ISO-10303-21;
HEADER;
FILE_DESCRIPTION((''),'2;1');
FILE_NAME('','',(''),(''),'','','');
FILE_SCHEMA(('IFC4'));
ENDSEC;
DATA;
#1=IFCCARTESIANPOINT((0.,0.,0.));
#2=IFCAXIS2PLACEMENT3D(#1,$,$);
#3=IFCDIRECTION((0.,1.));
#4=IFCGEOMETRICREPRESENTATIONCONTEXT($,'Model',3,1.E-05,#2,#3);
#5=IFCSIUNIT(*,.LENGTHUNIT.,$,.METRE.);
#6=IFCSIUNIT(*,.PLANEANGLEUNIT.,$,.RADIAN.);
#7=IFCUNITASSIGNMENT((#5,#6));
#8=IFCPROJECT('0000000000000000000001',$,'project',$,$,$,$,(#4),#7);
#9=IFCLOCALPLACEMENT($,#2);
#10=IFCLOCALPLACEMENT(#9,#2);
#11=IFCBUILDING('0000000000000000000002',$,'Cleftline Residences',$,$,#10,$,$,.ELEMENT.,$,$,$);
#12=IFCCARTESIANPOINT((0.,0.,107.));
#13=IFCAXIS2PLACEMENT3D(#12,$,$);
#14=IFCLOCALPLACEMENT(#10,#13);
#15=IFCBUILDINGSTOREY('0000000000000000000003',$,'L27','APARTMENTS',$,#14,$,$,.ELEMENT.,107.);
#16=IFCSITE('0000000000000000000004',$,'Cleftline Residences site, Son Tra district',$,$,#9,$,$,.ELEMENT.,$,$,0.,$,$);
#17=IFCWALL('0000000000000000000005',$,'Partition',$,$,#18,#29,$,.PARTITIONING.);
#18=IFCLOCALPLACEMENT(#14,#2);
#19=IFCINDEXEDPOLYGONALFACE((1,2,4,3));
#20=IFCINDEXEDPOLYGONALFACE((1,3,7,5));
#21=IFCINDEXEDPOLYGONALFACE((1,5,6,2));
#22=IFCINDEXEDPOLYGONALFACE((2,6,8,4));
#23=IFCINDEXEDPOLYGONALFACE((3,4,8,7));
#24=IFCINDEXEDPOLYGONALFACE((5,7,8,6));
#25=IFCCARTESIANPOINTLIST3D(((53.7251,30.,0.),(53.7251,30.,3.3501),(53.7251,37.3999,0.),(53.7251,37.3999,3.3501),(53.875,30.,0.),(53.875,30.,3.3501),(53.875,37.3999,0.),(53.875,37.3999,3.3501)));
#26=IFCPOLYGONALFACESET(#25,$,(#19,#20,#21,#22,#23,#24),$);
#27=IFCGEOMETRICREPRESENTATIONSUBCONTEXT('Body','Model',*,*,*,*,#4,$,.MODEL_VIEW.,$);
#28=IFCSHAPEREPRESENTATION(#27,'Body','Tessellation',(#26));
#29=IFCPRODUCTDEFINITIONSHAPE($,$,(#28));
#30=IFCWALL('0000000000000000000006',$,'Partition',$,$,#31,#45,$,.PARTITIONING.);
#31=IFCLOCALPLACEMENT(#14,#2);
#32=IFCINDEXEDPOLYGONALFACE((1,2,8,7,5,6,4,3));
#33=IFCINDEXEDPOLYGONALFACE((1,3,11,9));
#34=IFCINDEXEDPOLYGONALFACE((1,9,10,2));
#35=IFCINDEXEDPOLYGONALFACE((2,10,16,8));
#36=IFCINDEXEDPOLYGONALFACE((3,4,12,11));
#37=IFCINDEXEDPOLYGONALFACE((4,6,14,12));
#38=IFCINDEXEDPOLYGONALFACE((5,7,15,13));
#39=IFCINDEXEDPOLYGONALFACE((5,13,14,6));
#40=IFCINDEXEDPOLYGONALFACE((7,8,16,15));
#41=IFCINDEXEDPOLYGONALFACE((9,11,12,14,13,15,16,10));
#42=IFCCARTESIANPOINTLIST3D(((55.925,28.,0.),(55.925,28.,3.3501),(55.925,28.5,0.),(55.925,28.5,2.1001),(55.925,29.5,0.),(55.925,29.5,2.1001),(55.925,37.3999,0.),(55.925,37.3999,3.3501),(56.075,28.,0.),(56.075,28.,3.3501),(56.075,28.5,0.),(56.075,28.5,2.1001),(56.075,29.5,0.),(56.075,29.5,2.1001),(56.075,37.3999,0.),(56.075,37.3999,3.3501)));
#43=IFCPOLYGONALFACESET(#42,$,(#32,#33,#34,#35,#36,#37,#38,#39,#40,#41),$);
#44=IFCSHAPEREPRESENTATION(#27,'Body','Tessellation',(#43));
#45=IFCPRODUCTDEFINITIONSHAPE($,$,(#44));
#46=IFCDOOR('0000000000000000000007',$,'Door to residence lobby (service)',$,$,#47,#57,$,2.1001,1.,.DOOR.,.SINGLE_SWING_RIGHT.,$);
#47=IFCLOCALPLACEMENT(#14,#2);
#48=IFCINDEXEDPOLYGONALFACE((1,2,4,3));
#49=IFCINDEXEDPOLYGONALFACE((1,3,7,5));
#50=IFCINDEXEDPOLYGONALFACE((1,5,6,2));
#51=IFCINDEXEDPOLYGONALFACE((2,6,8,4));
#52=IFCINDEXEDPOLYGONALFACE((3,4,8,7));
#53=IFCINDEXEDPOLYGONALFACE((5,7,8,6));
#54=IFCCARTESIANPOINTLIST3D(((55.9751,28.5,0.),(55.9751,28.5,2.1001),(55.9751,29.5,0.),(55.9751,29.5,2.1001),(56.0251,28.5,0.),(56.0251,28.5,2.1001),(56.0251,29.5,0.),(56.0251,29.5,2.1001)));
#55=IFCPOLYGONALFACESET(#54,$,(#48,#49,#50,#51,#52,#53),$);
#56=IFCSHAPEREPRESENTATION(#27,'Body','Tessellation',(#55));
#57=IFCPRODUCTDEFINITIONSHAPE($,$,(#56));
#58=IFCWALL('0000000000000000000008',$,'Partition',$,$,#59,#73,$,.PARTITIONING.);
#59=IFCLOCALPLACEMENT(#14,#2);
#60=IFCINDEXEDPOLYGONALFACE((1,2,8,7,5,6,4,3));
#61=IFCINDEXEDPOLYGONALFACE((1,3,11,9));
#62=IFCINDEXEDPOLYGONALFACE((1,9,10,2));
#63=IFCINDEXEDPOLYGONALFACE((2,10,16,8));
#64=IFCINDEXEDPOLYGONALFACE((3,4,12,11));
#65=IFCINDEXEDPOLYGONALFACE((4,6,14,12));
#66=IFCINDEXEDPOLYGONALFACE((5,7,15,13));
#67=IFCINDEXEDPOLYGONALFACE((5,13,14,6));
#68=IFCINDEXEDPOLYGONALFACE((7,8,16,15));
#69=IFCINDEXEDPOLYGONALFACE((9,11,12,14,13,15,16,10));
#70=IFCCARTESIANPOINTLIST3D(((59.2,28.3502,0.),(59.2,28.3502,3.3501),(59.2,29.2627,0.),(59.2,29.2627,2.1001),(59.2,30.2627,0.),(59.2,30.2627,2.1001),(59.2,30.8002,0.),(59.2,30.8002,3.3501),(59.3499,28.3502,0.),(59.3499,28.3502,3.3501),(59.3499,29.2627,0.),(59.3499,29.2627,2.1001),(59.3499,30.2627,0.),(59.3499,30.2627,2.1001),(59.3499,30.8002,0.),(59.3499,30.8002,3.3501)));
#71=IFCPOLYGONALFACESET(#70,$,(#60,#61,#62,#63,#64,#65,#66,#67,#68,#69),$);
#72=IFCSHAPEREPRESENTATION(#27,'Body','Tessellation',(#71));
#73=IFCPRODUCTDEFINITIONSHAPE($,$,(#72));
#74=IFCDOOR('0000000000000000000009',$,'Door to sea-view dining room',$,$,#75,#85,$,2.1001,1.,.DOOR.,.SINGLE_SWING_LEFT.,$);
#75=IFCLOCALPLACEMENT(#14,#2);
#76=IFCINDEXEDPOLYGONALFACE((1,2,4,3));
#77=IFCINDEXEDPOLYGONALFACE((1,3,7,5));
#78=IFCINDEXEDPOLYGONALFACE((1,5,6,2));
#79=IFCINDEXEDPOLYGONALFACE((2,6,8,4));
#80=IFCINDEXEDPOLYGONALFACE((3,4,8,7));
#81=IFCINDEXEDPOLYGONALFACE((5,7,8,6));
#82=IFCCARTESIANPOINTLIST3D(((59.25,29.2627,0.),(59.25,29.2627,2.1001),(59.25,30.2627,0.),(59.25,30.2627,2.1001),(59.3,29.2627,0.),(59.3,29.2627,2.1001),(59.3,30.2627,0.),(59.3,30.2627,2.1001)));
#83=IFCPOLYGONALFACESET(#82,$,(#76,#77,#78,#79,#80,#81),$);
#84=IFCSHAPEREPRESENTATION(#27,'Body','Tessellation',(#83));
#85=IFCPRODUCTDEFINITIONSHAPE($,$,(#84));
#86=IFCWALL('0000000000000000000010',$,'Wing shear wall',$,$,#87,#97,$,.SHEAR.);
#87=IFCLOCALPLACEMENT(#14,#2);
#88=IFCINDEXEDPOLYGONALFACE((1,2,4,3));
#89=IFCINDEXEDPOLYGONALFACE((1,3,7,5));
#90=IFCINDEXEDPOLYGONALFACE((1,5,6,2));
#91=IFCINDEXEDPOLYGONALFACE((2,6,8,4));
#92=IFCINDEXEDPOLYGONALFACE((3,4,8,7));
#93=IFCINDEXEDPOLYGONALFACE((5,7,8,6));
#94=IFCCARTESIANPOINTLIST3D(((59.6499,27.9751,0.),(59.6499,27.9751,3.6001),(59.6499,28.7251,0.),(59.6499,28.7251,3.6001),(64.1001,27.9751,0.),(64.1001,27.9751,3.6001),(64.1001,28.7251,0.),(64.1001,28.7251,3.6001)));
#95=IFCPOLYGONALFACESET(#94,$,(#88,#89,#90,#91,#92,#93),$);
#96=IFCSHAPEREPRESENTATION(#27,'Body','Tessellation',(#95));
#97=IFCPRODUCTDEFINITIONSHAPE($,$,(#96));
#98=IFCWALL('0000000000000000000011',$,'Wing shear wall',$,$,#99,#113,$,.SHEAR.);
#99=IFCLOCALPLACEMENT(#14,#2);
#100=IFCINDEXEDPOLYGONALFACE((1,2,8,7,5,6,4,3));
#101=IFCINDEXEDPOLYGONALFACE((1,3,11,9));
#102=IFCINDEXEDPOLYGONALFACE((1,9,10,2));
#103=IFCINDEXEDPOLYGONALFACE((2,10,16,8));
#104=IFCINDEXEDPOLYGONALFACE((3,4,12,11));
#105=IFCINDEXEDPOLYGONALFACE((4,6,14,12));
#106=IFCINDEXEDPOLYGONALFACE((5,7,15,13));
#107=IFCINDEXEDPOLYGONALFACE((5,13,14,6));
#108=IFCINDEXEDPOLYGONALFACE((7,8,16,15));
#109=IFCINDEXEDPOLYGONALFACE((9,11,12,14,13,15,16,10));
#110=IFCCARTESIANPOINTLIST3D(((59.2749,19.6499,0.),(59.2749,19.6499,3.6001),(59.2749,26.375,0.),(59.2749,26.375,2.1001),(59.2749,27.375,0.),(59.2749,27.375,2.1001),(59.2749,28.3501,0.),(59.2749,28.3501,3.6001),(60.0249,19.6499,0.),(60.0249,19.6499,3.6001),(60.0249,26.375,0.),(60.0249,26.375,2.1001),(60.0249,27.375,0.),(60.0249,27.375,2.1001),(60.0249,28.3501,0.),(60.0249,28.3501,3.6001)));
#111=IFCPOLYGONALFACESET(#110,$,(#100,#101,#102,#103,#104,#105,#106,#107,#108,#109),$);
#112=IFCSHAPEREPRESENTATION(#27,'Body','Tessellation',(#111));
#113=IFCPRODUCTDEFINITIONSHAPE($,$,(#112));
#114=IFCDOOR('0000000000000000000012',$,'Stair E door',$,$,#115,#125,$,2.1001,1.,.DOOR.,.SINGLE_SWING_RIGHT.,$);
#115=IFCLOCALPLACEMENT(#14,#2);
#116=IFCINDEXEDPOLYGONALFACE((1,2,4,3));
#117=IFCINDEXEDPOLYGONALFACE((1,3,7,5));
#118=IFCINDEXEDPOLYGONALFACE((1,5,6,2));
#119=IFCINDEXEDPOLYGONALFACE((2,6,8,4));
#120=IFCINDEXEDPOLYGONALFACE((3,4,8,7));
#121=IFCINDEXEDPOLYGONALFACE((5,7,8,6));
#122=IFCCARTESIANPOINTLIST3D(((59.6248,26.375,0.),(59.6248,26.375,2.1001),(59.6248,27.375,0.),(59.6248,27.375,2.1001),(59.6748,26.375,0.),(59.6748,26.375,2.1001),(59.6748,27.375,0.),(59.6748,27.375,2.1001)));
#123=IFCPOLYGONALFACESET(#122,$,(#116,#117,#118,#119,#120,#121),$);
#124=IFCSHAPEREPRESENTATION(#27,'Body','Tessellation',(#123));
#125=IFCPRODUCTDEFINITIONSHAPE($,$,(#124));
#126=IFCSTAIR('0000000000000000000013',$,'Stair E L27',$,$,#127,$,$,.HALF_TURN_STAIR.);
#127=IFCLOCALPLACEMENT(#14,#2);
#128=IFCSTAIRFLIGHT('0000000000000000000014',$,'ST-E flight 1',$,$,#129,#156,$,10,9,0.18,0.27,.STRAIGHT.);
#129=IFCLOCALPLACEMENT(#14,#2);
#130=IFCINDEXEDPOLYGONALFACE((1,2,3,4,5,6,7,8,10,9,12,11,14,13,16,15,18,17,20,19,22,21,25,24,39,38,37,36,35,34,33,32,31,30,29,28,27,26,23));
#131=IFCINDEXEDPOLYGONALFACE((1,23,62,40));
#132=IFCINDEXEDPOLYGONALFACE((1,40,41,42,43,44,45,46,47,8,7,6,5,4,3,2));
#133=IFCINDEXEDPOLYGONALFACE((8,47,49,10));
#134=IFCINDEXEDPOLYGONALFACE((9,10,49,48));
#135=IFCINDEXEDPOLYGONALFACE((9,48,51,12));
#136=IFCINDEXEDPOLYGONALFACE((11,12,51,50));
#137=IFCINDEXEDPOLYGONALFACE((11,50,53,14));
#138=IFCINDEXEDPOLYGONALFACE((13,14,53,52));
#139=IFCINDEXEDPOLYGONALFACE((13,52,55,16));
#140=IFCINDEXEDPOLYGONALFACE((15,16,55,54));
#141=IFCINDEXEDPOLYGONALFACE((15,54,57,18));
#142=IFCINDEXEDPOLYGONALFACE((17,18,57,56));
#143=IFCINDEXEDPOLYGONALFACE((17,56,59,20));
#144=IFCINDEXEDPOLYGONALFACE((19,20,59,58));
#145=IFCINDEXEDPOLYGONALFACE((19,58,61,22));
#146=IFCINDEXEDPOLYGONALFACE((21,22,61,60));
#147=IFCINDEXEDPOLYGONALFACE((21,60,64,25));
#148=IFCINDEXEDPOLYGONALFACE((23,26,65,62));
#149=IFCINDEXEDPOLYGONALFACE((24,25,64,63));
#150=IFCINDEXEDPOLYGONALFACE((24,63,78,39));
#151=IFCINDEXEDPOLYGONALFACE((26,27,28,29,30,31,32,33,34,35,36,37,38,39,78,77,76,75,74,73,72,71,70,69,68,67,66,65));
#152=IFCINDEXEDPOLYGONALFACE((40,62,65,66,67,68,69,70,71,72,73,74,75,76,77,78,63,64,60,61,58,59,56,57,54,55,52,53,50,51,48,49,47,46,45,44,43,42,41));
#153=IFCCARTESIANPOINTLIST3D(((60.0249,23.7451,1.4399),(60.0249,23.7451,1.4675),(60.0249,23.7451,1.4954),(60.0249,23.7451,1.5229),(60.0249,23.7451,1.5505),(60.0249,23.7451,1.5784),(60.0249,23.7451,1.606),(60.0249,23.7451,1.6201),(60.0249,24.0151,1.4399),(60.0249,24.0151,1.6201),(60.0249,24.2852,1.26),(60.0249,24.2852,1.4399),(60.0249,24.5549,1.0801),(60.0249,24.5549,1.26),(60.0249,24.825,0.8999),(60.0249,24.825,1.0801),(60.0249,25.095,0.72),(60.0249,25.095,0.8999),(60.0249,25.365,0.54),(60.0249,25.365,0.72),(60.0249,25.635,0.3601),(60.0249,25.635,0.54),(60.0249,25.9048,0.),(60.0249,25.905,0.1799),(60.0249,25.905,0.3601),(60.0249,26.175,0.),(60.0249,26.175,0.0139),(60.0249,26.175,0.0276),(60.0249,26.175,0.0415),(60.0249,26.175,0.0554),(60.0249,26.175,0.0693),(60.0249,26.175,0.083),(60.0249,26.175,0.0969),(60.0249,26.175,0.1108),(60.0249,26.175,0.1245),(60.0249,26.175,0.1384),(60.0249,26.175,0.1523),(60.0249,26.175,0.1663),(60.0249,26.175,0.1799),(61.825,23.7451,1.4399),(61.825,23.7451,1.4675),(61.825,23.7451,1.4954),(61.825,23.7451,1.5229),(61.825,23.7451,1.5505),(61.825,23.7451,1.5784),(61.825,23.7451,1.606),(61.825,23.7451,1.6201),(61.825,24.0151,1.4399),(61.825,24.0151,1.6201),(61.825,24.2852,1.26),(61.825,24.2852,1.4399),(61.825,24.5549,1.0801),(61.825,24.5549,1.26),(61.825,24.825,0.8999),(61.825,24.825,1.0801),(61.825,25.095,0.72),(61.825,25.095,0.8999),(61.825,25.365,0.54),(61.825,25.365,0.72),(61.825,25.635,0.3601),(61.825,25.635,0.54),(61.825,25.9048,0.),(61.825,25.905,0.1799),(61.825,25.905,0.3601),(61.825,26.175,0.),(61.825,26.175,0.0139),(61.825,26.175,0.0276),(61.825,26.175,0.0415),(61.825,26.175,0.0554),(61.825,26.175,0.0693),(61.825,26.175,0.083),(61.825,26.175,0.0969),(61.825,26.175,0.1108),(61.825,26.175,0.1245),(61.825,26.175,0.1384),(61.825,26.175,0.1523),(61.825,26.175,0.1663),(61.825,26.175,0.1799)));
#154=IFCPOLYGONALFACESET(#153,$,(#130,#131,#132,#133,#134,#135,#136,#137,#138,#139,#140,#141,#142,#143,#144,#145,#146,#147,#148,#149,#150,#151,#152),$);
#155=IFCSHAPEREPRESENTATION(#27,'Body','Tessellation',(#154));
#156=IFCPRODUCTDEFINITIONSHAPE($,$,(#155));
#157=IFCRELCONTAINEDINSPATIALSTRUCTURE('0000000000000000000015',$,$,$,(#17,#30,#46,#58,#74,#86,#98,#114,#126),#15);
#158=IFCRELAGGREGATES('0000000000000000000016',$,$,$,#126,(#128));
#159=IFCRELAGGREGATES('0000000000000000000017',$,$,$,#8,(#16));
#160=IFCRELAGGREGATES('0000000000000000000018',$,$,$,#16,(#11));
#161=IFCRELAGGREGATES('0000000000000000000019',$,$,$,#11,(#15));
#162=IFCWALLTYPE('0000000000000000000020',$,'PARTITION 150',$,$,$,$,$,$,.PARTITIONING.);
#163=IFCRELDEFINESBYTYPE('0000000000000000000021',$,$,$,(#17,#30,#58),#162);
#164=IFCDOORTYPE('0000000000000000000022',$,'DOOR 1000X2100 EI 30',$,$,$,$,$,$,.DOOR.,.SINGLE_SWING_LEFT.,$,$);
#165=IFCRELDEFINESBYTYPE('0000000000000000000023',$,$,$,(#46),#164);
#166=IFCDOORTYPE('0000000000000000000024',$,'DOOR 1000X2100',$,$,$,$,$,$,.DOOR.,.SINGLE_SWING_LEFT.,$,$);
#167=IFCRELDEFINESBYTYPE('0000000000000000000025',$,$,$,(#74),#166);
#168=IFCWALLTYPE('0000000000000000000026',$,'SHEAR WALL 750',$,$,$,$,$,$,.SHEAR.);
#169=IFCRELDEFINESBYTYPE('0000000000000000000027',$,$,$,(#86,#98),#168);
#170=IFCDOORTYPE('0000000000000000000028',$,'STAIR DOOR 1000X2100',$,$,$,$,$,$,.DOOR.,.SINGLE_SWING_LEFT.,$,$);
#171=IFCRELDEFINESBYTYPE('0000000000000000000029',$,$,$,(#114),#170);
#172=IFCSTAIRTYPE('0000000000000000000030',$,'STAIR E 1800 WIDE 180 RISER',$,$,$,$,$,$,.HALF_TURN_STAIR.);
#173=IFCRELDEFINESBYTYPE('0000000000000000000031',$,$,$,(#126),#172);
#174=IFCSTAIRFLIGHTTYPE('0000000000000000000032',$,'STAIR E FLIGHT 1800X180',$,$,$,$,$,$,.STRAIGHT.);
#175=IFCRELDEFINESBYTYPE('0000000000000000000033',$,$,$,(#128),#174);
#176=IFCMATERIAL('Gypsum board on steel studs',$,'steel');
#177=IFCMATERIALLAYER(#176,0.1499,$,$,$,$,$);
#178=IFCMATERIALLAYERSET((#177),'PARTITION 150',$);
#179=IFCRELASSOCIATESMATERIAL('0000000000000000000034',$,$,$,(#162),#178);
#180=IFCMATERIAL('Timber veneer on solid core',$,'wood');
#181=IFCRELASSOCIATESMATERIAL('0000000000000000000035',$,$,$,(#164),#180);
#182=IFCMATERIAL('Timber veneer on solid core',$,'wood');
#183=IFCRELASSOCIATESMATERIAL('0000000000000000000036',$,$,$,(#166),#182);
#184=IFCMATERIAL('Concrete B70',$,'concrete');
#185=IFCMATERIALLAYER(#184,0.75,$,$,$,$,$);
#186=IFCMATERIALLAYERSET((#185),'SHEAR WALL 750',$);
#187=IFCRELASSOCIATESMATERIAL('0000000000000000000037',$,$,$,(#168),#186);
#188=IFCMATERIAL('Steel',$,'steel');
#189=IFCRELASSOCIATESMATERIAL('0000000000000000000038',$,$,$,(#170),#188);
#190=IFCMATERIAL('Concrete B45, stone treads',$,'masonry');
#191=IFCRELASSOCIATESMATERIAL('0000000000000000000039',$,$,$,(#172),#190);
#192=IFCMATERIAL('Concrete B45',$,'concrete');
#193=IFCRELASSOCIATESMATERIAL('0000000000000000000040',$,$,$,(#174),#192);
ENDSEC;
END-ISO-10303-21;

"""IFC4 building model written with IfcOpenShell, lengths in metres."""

from ifc_helpers import new_model, si_unit, direction, frame, frame_2d, origin, place, context, subcontext, project, spatial, polyline, rectangle, outline, extrude, material, layer, layer_set, type_object, element, fill, aggregate, save


model = new_model("IFC4")

# Units and contexts
model_context = context("Model", 3, precision=1e-05, world=origin(), true_north=direction((0.0, 1.0)))
body_context = subcontext(model_context, "Body", "Model", "MODEL_VIEW")
ifc_project = project(units=[si_unit("LENGTHUNIT", "METRE"), si_unit("PLANEANGLEUNIT", "RADIAN")], contexts=[model_context])

# Site, building, storey
site_placement = place(None, origin())
site = spatial("IfcSite", under=ifc_project, at=site_placement, Name="Cleftline Residences site, Son Tra district", CompositionType="ELEMENT", RefElevation=0.0)
building_placement = place(site_placement, origin())
building = spatial("IfcBuilding", under=site, at=building_placement, Name="Cleftline Residences", CompositionType="ELEMENT")
storey_placement = place(building_placement, frame((0.0, 0.0, 107.0)))
storey = spatial("IfcBuildingStorey", under=building, at=storey_placement, Name="L27", Description="APARTMENTS", CompositionType="ELEMENT", Elevation=107.0)

# Wall
ifc_material_1 = material(Name="Gypsum board on steel studs", Category="steel")
ifc_layer_1 = layer(ifc_material_1, 0.1499)
ifc_layer_set_1 = layer_set([ifc_layer_1], Name="PARTITION 150")
wall_type_1 = type_object("IfcWallType", Name="PARTITION 150", PredefinedType="PARTITIONING", material=ifc_layer_set_1)
wall_1_placement = place(storey_placement, frame((53.8, 30.0, 0.0), z_axis=(0.0, 0.0, 1.0), x_axis=(0.0, 1.0, 0.0)))
element("IfcWall", 1, at=wall_1_placement, inside=storey, type_object=wall_type_1, Name="Partition", PredefinedType="PARTITIONING", context=body_context, shape_type="SweptSolid", body=[
    extrude(rectangle(XDim=7.3999, YDim=0.1499, at=frame_2d((3.7, 0.0))), origin(), (0.0, 0.0, 1.0), 3.3501),
])

# Walls, openings, doors
wall_2_placement = place(storey_placement, frame((56.0, 28.0, 0.0), z_axis=(0.0, 0.0, 1.0), x_axis=(0.0, 1.0, 0.0)))
wall_2 = element("IfcWall", 2, at=wall_2_placement, inside=storey, type_object=wall_type_1, Name="Partition", PredefinedType="PARTITIONING", context=body_context, shape_type="SweptSolid", body=[
    extrude(rectangle(XDim=9.3999, YDim=0.1499, at=frame_2d((4.7, 0.0))), origin(), (0.0, 0.0, 1.0), 3.3501),
])
opening_1_placement = place(wall_2_placement, frame((0.5, 0.0, 0.0)))
opening_1 = element("IfcOpeningElement", 3, at=opening_1_placement, cuts=wall_2, PredefinedType="OPENING", context=body_context, shape_type="SweptSolid", body=[
    extrude(rectangle(XDim=1.0, YDim=2.1001, at=frame_2d((0.5, 1.05))), frame((0.0, 0.085, 0.0), z_axis=(0.0, -1.0, 0.0), x_axis=(1.0, 0.0, 0.0)), (0.0, 0.0, 1.0), 0.1699),
])
ifc_material_2 = material(Name="Timber veneer on solid core", Category="wood")
door_type_1 = type_object("IfcDoorType", Name="DOOR 1000X2100 EI 30", OperationType="SINGLE_SWING_LEFT", PredefinedType="DOOR", material=ifc_material_2)
door_1_placement = place(opening_1_placement, origin())
door_1 = element("IfcDoor", 4, at=door_1_placement, inside=storey, type_object=door_type_1, Name="Door to residence lobby (service)", OperationType="SINGLE_SWING_RIGHT", OverallHeight=2.1001, OverallWidth=1.0, PredefinedType="DOOR", context=body_context, shape_type="SweptSolid", body=[
    extrude(rectangle(XDim=1.0, YDim=2.1001, at=frame_2d((0.5, 1.05))), frame((0.0, 0.0249, 0.0), z_axis=(0.0, -1.0, 0.0), x_axis=(1.0, 0.0, 0.0)), (0.0, 0.0, 1.0), 0.05),
])
fill(opening_1, door_1)
wall_3_placement = place(storey_placement, frame((59.2749, 28.3501, 0.0), z_axis=(0.0, 0.0, 1.0), x_axis=(0.0, 1.0, 0.0)))
wall_3 = element("IfcWall", 5, at=wall_3_placement, inside=storey, type_object=wall_type_1, Name="Partition", PredefinedType="PARTITIONING", context=body_context, shape_type="SweptSolid", body=[
    extrude(rectangle(XDim=2.45, YDim=0.1499, at=frame_2d((1.2251, 0.0))), origin(), (0.0, 0.0, 1.0), 3.3501),
])
opening_2_placement = place(wall_3_placement, frame((0.9126, 0.0, 0.0)))
opening_2 = element("IfcOpeningElement", 6, at=opening_2_placement, cuts=wall_3, PredefinedType="OPENING", context=body_context, shape_type="SweptSolid", body=[
    extrude(rectangle(XDim=1.0, YDim=2.1001, at=frame_2d((0.5, 1.05))), frame((0.0, 0.085, 0.0), z_axis=(0.0, -1.0, 0.0), x_axis=(1.0, 0.0, 0.0)), (0.0, 0.0, 1.0), 0.1699),
])
ifc_material_3 = material(Name="Timber veneer on solid core", Category="wood")
door_type_2 = type_object("IfcDoorType", Name="DOOR 1000X2100", OperationType="SINGLE_SWING_LEFT", PredefinedType="DOOR", material=ifc_material_3)
door_2_placement = place(opening_2_placement, origin())
door_2 = element("IfcDoor", 7, at=door_2_placement, inside=storey, type_object=door_type_2, Name="Door to sea-view dining room", OperationType="SINGLE_SWING_LEFT", OverallHeight=2.1001, OverallWidth=1.0, PredefinedType="DOOR", context=body_context, shape_type="SweptSolid", body=[
    extrude(rectangle(XDim=1.0, YDim=2.1001, at=frame_2d((0.5, 1.05))), frame((0.0, 0.0249, 0.0), z_axis=(0.0, -1.0, 0.0), x_axis=(1.0, 0.0, 0.0)), (0.0, 0.0, 1.0), 0.05),
])
fill(opening_2, door_2)

# Wall
ifc_material_4 = material(Name="Concrete B70", Category="concrete")
ifc_layer_2 = layer(ifc_material_4, 0.75)
ifc_layer_set_2 = layer_set([ifc_layer_2], Name="SHEAR WALL 750")
wall_type_2 = type_object("IfcWallType", Name="SHEAR WALL 750", PredefinedType="SHEAR", material=ifc_layer_set_2)
wall_4_placement = place(storey_placement, frame((64.1001, 28.3501, 0.0), z_axis=(0.0, 0.0, 1.0), x_axis=(-1.0, 0.0, 0.0)))
element("IfcWall", 8, at=wall_4_placement, inside=storey, type_object=wall_type_2, Name="Wing shear wall", PredefinedType="SHEAR", context=body_context, shape_type="SweptSolid", body=[
    extrude(rectangle(XDim=4.4502, YDim=0.75, at=frame_2d((2.2251, 0.0))), origin(), (0.0, 0.0, 1.0), 3.6001),
])

# Wall, opening, door
wall_5_placement = place(storey_placement, frame((59.6499, 28.3501, 0.0), z_axis=(0.0, 0.0, 1.0), x_axis=(0.0, -1.0, 0.0)))
wall_5 = element("IfcWall", 9, at=wall_5_placement, inside=storey, type_object=wall_type_2, Name="Wing shear wall", PredefinedType="SHEAR", context=body_context, shape_type="SweptSolid", body=[
    extrude(rectangle(XDim=8.7002, YDim=0.75, at=frame_2d((4.3501, 0.0))), origin(), (0.0, 0.0, 1.0), 3.6001),
])
opening_3_placement = place(wall_5_placement, frame((0.9751, 0.0, 0.0)))
opening_3 = element("IfcOpeningElement", 10, at=opening_3_placement, cuts=wall_5, PredefinedType="OPENING", context=body_context, shape_type="SweptSolid", body=[
    extrude(rectangle(XDim=1.0, YDim=2.1001, at=frame_2d((0.5, 1.05))), frame((0.0, 0.385, 0.0), z_axis=(0.0, -1.0, 0.0), x_axis=(1.0, 0.0, 0.0)), (0.0, 0.0, 1.0), 0.77),
])
ifc_material_5 = material(Name="Steel", Category="steel")
door_type_3 = type_object("IfcDoorType", Name="STAIR DOOR 1000X2100", OperationType="SINGLE_SWING_LEFT", PredefinedType="DOOR", material=ifc_material_5)
door_3_placement = place(opening_3_placement, origin())
door_3 = element("IfcDoor", 11, at=door_3_placement, inside=storey, type_object=door_type_3, Name="Stair E door", OperationType="SINGLE_SWING_RIGHT", OverallHeight=2.1001, OverallWidth=1.0, PredefinedType="DOOR", context=body_context, shape_type="SweptSolid", body=[
    extrude(rectangle(XDim=1.0, YDim=2.1001, at=frame_2d((0.5, 1.05))), frame((0.0, 0.0249, 0.0), z_axis=(0.0, -1.0, 0.0), x_axis=(1.0, 0.0, 0.0)), (0.0, 0.0, 1.0), 0.05),
])
fill(opening_3, door_3)

# Stair, stair flight
ifc_material_6 = material(Name="Concrete B45, stone treads", Category="masonry")
stair_type = type_object("IfcStairType", Name="STAIR E 1800 WIDE 180 RISER", PredefinedType="HALF_TURN_STAIR", material=ifc_material_6)
stair_placement = place(storey_placement, origin())
stair = element("IfcStair", 12, at=stair_placement, inside=storey, type_object=stair_type, Name="Stair E L27", PredefinedType="HALF_TURN_STAIR")
ifc_material_7 = material(Name="Concrete B45", Category="concrete")
stair_flight_type = type_object("IfcStairFlightType", Name="STAIR E FLIGHT 1800X180", PredefinedType="STRAIGHT", material=ifc_material_7)
stair_flight_placement = place(storey_placement, frame((60.925, 26.175, 0.0), z_axis=(0.0, 0.0, 1.0), x_axis=(0.0, -1.0, 0.0)))
stair_flight = element("IfcStairFlight", 13, at=stair_flight_placement, type_object=stair_flight_type, Name="ST-E flight 1", NumberOfRisers=10, NumberOfTreads=9, PredefinedType="STRAIGHT", RiserHeight=0.18, TreadLength=0.27, context=body_context, shape_type="SweptSolid", body=[
    extrude(outline(polyline([(0.0, 0.0), (0.0, 0.0139), (0.0, 0.0276), (0.0, 0.0415), (0.0, 0.0554), (0.0, 0.0693), (0.0, 0.083), (0.0, 0.0969), (0.0, 0.1108), (0.0, 0.1245), (0.0, 0.1384), (0.0, 0.1523), (0.0, 0.1663), (0.0, 0.1799), (0.27, 0.1799), (0.27, 0.3601), (0.54, 0.3601), (0.54, 0.54), (0.8101, 0.54), (0.8101, 0.72), (1.0801, 0.72), (1.0801, 0.8999), (1.3501, 0.8999), (1.3501, 1.0801), (1.6201, 1.0801), (1.6201, 1.26), (1.8899, 1.26), (1.8899, 1.4399), (2.1599, 1.4399), (2.1599, 1.6201), (2.4299, 1.6201), (2.4299, 1.8), (2.4299, 1.7722), (2.4299, 1.7446), (2.4299, 1.7168), (2.4299, 1.6892), (2.4299, 1.6614), (2.4299, 1.6338), (2.4299, 1.606), (2.4299, 1.5784), (2.4299, 1.5505), (2.4299, 1.5229), (2.4299, 1.4954), (2.4299, 1.4675), (2.4299, 1.4399), (0.2703, 0.0), (0.0, 0.0)])), frame((0.0, 0.8999, 0.0), z_axis=(0.0, -1.0, 0.0), x_axis=(1.0, 0.0, 0.0)), (0.0, 0.0, 1.0), 1.8),
])
aggregate(stair, [stair_flight])

save(model, "model.ifc")
